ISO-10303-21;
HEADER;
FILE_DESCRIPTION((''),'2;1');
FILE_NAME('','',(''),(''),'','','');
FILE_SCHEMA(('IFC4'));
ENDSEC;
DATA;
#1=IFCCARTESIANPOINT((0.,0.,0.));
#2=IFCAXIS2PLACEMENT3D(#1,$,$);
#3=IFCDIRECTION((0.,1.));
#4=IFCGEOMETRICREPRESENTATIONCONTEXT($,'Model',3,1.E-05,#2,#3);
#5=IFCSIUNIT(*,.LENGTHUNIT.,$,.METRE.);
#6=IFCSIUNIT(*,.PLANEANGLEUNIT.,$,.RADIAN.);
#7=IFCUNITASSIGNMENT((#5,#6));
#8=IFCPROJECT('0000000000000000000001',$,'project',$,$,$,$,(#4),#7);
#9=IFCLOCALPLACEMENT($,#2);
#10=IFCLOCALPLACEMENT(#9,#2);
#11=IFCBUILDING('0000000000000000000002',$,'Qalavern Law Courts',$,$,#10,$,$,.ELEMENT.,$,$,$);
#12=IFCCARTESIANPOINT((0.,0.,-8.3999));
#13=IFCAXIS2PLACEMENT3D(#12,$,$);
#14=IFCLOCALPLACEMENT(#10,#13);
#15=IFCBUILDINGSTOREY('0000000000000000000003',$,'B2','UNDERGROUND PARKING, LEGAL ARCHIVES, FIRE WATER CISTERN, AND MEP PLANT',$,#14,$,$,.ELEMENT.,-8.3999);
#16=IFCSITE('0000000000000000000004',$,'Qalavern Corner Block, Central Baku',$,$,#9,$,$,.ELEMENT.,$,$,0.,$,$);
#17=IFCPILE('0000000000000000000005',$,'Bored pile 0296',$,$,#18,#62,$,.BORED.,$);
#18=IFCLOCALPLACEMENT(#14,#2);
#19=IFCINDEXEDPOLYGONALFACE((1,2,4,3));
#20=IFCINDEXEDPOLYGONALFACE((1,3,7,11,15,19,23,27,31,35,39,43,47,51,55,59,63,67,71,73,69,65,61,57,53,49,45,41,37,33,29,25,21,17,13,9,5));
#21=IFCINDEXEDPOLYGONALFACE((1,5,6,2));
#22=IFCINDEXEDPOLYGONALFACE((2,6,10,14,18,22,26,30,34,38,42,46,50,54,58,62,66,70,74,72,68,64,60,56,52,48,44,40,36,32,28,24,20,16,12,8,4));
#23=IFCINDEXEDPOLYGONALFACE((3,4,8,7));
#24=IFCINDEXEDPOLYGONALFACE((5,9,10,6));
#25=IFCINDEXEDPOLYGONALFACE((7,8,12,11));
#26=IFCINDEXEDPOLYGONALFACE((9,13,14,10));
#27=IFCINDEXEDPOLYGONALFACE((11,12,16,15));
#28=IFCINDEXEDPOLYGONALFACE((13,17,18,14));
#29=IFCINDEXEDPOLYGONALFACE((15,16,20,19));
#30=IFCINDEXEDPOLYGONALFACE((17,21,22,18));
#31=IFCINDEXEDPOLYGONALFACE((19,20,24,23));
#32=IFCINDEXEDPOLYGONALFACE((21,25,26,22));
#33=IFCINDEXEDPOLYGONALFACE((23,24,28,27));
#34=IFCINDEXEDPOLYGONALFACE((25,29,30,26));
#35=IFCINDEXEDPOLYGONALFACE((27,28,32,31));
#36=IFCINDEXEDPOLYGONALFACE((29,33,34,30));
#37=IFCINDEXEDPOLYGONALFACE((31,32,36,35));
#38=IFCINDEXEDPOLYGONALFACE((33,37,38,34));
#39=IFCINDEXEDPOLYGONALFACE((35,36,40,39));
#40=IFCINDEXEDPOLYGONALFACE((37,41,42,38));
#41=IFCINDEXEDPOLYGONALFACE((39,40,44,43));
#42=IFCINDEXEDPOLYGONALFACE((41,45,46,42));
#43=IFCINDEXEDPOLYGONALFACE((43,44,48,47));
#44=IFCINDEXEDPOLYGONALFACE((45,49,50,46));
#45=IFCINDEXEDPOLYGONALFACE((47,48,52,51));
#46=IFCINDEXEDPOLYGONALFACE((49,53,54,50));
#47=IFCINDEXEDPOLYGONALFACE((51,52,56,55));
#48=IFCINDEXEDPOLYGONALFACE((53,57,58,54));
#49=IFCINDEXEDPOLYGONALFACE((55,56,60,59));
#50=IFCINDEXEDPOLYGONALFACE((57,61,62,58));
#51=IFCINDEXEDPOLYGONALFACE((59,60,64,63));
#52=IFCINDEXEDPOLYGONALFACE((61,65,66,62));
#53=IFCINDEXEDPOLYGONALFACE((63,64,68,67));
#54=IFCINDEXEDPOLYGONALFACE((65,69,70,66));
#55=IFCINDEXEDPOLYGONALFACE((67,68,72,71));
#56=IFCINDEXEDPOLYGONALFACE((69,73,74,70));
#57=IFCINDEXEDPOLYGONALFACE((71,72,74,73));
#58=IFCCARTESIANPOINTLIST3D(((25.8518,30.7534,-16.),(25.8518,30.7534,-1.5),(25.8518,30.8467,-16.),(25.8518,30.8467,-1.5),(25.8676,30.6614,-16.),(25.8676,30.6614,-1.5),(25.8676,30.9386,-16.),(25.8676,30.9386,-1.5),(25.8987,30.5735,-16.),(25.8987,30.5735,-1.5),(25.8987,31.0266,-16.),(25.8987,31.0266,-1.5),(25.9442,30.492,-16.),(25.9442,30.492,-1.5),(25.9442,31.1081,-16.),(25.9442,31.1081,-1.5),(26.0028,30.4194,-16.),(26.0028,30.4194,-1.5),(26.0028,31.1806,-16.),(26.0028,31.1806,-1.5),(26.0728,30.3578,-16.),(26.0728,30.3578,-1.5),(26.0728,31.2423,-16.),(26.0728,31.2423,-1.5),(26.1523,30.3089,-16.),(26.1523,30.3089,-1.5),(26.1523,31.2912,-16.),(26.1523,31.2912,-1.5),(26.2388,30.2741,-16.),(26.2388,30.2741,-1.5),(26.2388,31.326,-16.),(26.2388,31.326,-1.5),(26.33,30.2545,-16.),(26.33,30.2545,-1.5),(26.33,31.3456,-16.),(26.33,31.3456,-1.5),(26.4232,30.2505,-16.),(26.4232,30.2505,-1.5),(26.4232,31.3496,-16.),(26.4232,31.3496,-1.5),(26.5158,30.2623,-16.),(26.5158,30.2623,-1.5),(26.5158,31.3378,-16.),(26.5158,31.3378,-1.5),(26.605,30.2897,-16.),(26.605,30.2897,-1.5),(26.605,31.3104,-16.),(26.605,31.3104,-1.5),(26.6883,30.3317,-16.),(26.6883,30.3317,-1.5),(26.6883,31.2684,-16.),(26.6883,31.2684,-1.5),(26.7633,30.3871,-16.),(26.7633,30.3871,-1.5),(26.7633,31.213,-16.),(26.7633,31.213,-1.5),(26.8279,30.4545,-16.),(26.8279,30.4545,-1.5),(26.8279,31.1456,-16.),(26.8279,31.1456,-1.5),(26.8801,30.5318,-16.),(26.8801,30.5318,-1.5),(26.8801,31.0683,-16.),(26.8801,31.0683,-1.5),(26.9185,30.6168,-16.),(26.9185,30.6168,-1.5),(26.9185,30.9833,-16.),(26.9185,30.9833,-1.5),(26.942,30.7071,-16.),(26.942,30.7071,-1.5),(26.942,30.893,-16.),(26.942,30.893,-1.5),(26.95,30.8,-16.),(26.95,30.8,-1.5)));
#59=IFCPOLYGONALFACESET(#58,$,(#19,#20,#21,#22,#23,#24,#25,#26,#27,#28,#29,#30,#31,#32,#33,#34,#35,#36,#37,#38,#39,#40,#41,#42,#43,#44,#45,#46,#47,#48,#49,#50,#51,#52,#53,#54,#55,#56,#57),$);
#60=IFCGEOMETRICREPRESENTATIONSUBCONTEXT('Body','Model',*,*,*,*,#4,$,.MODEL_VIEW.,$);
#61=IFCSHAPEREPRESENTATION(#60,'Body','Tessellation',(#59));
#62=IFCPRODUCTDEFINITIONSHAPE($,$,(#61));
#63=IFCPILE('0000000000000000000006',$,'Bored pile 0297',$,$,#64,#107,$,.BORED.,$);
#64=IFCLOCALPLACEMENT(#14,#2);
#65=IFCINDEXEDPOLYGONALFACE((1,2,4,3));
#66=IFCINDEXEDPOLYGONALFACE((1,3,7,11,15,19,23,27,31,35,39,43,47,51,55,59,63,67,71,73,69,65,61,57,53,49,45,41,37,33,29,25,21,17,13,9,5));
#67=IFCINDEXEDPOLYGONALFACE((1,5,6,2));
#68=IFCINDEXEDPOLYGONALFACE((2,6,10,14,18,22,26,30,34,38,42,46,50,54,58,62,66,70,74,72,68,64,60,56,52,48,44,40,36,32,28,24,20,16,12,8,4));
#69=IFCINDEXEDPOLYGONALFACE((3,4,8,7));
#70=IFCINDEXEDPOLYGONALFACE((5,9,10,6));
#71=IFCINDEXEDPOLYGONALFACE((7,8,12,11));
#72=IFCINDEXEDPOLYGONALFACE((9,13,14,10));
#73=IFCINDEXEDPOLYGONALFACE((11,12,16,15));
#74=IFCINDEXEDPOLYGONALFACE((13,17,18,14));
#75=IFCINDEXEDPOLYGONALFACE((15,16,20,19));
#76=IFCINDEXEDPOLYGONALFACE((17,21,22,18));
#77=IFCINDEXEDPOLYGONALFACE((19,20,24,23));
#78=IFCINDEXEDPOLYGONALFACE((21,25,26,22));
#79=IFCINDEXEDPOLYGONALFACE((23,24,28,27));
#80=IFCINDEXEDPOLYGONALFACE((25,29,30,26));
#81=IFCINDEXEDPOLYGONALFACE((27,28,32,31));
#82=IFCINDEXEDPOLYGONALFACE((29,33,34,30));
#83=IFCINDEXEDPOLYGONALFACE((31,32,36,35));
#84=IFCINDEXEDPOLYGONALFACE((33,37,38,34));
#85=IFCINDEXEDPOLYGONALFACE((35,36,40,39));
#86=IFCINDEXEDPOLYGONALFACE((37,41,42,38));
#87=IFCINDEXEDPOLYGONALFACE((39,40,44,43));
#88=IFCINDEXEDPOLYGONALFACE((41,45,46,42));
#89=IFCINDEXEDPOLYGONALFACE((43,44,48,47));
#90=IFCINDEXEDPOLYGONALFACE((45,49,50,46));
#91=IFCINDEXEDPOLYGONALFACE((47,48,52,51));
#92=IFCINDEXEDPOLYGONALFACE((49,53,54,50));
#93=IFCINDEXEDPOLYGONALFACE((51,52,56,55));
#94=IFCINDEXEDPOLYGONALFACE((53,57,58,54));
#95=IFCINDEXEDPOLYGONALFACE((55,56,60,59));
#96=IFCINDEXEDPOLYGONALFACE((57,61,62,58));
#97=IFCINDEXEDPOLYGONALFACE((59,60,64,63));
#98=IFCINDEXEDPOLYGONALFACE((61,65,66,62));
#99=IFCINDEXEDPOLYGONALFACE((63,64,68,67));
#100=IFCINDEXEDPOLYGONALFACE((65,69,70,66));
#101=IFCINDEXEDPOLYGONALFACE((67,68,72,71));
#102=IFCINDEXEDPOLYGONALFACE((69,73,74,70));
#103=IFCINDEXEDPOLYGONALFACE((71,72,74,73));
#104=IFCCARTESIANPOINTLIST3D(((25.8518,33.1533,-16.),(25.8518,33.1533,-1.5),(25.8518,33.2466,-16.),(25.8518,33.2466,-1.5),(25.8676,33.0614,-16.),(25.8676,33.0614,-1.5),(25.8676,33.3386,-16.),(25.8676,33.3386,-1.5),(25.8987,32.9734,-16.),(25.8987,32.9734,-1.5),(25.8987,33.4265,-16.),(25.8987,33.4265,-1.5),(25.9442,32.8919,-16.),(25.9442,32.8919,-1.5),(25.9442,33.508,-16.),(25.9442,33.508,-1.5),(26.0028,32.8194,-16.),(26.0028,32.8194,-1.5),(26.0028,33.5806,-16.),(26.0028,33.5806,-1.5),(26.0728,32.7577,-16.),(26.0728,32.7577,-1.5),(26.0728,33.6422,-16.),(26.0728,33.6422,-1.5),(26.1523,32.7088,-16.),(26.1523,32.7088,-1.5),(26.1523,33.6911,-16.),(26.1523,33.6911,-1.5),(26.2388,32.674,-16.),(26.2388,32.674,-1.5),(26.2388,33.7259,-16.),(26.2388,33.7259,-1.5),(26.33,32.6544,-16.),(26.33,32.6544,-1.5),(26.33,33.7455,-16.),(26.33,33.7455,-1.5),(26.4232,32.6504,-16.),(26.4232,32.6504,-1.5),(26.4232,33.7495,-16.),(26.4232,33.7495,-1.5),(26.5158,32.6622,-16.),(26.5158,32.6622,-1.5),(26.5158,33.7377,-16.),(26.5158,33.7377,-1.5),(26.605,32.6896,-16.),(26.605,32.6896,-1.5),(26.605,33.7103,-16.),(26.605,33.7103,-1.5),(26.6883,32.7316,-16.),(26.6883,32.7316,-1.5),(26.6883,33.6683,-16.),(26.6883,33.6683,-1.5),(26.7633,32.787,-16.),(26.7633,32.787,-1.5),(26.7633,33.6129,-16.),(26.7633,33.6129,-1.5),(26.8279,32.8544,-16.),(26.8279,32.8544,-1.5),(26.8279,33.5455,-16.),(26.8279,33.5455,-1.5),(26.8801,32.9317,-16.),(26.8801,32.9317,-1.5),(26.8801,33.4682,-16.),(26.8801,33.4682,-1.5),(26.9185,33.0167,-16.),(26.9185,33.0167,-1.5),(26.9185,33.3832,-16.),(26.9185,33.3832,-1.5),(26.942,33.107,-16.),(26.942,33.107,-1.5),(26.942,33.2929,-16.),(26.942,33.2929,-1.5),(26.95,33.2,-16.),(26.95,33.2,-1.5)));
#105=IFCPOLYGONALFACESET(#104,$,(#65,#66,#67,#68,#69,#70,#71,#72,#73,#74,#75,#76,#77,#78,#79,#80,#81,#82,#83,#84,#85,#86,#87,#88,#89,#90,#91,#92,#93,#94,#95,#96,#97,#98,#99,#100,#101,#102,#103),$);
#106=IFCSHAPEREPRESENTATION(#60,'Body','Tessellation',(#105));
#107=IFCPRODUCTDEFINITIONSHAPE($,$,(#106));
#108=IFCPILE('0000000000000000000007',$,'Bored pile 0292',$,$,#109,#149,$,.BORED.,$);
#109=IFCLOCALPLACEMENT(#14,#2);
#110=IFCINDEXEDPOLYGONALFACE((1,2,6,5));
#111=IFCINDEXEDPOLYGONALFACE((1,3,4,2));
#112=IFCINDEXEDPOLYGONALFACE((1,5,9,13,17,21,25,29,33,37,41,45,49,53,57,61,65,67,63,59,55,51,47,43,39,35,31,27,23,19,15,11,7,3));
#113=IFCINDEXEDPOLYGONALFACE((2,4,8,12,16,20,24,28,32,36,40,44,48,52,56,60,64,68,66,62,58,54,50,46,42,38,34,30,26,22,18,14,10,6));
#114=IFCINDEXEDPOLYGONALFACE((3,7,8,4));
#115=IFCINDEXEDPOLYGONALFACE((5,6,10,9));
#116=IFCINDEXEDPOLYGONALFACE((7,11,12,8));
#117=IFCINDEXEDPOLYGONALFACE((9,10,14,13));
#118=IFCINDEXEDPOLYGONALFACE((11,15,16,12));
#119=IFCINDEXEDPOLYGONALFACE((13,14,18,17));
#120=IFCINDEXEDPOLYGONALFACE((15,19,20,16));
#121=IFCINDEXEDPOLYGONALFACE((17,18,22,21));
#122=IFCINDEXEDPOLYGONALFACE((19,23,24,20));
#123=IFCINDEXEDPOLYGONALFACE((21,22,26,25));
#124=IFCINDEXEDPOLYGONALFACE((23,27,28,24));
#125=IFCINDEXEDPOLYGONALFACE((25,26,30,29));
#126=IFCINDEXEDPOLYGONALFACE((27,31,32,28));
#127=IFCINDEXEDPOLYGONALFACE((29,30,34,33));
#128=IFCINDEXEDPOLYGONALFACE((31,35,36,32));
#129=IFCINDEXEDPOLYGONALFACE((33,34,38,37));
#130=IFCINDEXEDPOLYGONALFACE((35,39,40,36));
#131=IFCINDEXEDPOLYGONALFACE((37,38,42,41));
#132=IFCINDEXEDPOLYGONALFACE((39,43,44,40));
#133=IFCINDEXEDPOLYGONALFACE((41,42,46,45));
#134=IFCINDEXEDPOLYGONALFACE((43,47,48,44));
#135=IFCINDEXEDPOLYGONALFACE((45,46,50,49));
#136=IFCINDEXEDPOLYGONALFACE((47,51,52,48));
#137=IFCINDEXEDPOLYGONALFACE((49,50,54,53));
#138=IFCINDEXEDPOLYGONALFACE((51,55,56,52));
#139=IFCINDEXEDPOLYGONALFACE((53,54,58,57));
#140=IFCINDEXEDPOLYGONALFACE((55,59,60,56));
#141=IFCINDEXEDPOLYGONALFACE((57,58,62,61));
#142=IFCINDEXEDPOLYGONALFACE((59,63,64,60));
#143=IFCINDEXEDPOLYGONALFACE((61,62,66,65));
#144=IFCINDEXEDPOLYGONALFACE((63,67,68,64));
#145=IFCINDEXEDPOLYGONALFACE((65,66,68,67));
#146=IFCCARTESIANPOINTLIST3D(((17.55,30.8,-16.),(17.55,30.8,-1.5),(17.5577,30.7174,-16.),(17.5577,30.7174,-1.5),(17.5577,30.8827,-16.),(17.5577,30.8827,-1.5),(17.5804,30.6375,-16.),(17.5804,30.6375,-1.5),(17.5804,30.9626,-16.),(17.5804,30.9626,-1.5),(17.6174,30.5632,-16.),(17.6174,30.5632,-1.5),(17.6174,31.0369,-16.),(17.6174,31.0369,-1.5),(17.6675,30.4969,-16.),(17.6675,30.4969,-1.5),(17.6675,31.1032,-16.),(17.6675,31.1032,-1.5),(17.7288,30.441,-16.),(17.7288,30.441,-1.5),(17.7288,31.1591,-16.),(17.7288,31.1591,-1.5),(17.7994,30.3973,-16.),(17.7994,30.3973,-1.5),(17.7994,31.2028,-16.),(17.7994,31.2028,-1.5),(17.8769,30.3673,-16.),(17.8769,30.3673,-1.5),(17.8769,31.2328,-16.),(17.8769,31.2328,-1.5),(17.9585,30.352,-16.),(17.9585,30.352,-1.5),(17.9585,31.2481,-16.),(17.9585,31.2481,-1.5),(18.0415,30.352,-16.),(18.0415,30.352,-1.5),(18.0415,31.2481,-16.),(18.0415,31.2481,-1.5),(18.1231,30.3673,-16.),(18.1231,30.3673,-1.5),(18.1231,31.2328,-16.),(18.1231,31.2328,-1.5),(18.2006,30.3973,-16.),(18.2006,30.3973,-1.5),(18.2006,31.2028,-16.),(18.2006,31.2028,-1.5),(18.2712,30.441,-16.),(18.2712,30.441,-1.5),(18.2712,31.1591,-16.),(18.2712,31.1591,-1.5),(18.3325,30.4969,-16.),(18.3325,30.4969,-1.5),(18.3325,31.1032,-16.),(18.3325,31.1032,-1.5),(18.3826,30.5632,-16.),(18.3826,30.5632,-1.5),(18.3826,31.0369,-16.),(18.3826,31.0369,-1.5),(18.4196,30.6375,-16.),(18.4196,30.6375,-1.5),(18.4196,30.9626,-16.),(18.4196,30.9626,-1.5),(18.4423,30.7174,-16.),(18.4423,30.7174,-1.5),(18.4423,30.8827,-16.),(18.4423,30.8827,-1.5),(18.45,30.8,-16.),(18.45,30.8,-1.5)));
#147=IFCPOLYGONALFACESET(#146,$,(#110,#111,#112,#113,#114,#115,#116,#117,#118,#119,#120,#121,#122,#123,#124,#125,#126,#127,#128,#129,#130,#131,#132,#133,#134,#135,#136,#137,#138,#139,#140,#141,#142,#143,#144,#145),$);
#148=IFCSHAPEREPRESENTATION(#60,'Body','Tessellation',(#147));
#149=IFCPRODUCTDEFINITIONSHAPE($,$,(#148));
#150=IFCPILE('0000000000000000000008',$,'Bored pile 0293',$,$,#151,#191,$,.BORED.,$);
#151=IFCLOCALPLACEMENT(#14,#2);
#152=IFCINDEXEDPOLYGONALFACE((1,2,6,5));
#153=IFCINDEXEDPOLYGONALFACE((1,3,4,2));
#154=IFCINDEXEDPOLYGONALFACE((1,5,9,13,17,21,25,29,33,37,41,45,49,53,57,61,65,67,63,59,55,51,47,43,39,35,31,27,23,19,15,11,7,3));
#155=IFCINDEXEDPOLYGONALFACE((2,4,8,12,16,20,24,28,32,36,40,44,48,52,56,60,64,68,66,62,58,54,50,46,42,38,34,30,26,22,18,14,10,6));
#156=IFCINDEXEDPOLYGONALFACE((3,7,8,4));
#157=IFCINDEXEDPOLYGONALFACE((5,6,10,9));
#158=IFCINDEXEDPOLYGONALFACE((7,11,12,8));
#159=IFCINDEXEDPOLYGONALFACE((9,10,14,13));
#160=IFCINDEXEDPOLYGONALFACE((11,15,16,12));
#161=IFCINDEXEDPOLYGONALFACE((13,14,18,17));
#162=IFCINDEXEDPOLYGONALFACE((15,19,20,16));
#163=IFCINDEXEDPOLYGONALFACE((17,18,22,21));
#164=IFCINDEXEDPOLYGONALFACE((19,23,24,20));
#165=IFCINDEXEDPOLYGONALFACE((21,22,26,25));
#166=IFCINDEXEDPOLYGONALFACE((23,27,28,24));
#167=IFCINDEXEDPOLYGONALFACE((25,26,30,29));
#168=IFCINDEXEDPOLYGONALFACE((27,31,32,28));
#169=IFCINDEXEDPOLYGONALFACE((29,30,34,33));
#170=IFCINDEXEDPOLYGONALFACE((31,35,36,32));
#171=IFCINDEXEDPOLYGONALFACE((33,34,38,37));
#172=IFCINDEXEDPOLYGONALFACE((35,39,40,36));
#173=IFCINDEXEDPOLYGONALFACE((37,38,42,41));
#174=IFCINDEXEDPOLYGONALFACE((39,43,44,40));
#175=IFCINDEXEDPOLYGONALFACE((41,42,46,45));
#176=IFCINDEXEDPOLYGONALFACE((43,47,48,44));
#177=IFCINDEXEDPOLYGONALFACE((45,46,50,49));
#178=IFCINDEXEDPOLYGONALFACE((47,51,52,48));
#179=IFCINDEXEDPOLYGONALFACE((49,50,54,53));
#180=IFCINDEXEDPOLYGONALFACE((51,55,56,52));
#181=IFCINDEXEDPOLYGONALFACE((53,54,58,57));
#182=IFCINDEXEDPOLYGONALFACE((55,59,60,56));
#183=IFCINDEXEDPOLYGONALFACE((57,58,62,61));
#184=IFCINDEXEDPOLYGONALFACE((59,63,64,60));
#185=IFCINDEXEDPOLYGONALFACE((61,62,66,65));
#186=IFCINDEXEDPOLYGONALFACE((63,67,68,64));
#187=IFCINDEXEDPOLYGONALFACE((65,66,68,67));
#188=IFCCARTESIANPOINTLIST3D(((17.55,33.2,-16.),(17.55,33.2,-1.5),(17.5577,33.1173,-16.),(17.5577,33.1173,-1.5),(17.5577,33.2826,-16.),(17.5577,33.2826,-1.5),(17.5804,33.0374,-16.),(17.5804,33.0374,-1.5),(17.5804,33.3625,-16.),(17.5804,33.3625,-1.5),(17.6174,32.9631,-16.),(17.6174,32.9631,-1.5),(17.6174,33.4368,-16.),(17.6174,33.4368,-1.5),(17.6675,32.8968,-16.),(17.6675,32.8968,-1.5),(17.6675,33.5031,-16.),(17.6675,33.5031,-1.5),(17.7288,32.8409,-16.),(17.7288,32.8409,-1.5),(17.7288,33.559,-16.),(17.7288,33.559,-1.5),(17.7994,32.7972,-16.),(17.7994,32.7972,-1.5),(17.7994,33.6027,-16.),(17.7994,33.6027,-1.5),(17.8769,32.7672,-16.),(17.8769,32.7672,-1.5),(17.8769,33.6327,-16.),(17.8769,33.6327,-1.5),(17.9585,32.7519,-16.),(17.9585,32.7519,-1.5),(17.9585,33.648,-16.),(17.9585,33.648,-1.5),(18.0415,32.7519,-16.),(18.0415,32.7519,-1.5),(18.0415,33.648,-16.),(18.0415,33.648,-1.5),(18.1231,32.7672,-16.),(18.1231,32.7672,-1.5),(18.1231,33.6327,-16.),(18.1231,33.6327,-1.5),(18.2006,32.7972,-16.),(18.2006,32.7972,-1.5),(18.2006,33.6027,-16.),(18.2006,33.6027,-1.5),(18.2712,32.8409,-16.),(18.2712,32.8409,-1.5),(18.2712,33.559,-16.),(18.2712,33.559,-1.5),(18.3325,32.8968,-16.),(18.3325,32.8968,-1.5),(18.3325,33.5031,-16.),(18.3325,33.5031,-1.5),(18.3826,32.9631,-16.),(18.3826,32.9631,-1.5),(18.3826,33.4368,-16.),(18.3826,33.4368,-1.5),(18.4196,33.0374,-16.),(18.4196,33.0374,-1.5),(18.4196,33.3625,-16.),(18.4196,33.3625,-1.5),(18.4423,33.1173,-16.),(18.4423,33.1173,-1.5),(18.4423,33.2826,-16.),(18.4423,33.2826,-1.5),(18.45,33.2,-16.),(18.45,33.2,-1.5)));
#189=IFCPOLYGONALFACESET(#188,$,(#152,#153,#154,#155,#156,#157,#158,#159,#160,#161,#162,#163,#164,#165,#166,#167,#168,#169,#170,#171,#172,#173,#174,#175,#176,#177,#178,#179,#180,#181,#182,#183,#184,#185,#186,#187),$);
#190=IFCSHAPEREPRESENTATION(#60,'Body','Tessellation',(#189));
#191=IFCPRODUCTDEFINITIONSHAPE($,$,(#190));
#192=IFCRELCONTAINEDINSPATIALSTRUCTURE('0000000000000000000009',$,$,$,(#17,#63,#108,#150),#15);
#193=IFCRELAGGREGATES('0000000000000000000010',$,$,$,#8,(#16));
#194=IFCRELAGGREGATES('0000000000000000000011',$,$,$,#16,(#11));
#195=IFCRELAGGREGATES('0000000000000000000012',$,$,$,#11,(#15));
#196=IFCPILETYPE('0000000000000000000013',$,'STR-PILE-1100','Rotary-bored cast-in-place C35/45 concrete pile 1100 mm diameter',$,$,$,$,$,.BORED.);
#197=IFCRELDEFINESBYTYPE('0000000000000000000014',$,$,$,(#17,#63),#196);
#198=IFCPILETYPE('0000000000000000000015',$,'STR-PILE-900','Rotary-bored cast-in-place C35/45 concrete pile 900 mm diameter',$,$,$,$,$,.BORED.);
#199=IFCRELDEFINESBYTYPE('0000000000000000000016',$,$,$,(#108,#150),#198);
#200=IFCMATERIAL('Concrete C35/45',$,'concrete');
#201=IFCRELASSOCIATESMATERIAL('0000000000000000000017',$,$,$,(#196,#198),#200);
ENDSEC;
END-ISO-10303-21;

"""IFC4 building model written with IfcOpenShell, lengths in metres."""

from ifc_helpers import new_model, si_unit, direction, frame, origin, origin_2d, place, context, subcontext, project, spatial, circle, extrude, material, material_profile, profile_set, type_object, element, save


model = new_model("IFC4")

# Units and contexts
model_context = context("Model", 3, precision=1e-05, world=origin(), true_north=direction((0.0, 1.0)))
body_context = subcontext(model_context, "Body", "Model", "MODEL_VIEW")
ifc_project = project(units=[si_unit("LENGTHUNIT", "METRE"), si_unit("PLANEANGLEUNIT", "RADIAN")], contexts=[model_context])

# Site, building, storey
site_placement = place(None, origin())
site = spatial("IfcSite", under=ifc_project, at=site_placement, Name="Qalavern Corner Block, Central Baku", CompositionType="ELEMENT", RefElevation=0.0)
building_placement = place(site_placement, origin())
building = spatial("IfcBuilding", under=site, at=building_placement, Name="Qalavern Law Courts", CompositionType="ELEMENT")
storey_placement = place(building_placement, frame((0.0, 0.0, -8.3999)))
storey = spatial("IfcBuildingStorey", under=building, at=storey_placement, Name="B2", Description="UNDERGROUND PARKING, LEGAL ARCHIVES, FIRE WATER CISTERN, AND MEP PLANT", CompositionType="ELEMENT", Elevation=-8.3999)

# Shared definitions
ifc_material_1 = material(Name="Concrete C35/45", Category="concrete")

# Piles
ifc_material_profile_1 = material_profile(ifc_material_1, circle(Radius=0.55, at=origin_2d()), Name="BORED PILE 1100")
ifc_profile_set_1 = profile_set([ifc_material_profile_1], Name="Concrete C35/45")
pile_type_1 = type_object("IfcPileType", Name="STR-PILE-1100", Description="Rotary-bored cast-in-place C35/45 concrete pile 1100 mm diameter", PredefinedType="BORED", material=ifc_profile_set_1)
for number, where, z_axis, x_axis, name in (
    (1, (26.3999, 30.8, -1.5), (0.0, 0.0, -1.0), (1.0, 0.0, 0.0), "Bored pile 0296"),
    (2, (26.3999, 33.2, -1.5), (0.0, 0.0, -1.0), (1.0, 0.0, 0.0), "Bored pile 0297"),
):
    element("IfcPile", number, at=place(storey_placement, frame(where, z_axis=z_axis, x_axis=x_axis)), inside=storey, type_object=pile_type_1, Name=name, PredefinedType="BORED", context=body_context, shape_type="SweptSolid", body=[
        extrude(circle(Radius=0.55, at=origin_2d()), origin(), (0.0, 0.0, 1.0), 14.5),
    ])
ifc_material_profile_2 = material_profile(ifc_material_1, circle(Radius=0.45, at=origin_2d()), Name="BORED PILE 900")
ifc_profile_set_2 = profile_set([ifc_material_profile_2], Name="Concrete C35/45")
pile_type_2 = type_object("IfcPileType", Name="STR-PILE-900", Description="Rotary-bored cast-in-place C35/45 concrete pile 900 mm diameter", PredefinedType="BORED", material=ifc_profile_set_2)
for number, where, z_axis, x_axis, name in (
    (3, (18.0, 30.8, -1.5), (0.0, 0.0, -1.0), (1.0, 0.0, 0.0), "Bored pile 0292"),
    (4, (18.0, 33.2, -1.5), (0.0, 0.0, -1.0), (1.0, 0.0, 0.0), "Bored pile 0293"),
):
    element("IfcPile", number, at=place(storey_placement, frame(where, z_axis=z_axis, x_axis=x_axis)), inside=storey, type_object=pile_type_2, Name=name, PredefinedType="BORED", context=body_context, shape_type="SweptSolid", body=[
        extrude(circle(Radius=0.45, at=origin_2d()), origin(), (0.0, 0.0, 1.0), 14.5),
    ])

save(model, "model.ifc")
